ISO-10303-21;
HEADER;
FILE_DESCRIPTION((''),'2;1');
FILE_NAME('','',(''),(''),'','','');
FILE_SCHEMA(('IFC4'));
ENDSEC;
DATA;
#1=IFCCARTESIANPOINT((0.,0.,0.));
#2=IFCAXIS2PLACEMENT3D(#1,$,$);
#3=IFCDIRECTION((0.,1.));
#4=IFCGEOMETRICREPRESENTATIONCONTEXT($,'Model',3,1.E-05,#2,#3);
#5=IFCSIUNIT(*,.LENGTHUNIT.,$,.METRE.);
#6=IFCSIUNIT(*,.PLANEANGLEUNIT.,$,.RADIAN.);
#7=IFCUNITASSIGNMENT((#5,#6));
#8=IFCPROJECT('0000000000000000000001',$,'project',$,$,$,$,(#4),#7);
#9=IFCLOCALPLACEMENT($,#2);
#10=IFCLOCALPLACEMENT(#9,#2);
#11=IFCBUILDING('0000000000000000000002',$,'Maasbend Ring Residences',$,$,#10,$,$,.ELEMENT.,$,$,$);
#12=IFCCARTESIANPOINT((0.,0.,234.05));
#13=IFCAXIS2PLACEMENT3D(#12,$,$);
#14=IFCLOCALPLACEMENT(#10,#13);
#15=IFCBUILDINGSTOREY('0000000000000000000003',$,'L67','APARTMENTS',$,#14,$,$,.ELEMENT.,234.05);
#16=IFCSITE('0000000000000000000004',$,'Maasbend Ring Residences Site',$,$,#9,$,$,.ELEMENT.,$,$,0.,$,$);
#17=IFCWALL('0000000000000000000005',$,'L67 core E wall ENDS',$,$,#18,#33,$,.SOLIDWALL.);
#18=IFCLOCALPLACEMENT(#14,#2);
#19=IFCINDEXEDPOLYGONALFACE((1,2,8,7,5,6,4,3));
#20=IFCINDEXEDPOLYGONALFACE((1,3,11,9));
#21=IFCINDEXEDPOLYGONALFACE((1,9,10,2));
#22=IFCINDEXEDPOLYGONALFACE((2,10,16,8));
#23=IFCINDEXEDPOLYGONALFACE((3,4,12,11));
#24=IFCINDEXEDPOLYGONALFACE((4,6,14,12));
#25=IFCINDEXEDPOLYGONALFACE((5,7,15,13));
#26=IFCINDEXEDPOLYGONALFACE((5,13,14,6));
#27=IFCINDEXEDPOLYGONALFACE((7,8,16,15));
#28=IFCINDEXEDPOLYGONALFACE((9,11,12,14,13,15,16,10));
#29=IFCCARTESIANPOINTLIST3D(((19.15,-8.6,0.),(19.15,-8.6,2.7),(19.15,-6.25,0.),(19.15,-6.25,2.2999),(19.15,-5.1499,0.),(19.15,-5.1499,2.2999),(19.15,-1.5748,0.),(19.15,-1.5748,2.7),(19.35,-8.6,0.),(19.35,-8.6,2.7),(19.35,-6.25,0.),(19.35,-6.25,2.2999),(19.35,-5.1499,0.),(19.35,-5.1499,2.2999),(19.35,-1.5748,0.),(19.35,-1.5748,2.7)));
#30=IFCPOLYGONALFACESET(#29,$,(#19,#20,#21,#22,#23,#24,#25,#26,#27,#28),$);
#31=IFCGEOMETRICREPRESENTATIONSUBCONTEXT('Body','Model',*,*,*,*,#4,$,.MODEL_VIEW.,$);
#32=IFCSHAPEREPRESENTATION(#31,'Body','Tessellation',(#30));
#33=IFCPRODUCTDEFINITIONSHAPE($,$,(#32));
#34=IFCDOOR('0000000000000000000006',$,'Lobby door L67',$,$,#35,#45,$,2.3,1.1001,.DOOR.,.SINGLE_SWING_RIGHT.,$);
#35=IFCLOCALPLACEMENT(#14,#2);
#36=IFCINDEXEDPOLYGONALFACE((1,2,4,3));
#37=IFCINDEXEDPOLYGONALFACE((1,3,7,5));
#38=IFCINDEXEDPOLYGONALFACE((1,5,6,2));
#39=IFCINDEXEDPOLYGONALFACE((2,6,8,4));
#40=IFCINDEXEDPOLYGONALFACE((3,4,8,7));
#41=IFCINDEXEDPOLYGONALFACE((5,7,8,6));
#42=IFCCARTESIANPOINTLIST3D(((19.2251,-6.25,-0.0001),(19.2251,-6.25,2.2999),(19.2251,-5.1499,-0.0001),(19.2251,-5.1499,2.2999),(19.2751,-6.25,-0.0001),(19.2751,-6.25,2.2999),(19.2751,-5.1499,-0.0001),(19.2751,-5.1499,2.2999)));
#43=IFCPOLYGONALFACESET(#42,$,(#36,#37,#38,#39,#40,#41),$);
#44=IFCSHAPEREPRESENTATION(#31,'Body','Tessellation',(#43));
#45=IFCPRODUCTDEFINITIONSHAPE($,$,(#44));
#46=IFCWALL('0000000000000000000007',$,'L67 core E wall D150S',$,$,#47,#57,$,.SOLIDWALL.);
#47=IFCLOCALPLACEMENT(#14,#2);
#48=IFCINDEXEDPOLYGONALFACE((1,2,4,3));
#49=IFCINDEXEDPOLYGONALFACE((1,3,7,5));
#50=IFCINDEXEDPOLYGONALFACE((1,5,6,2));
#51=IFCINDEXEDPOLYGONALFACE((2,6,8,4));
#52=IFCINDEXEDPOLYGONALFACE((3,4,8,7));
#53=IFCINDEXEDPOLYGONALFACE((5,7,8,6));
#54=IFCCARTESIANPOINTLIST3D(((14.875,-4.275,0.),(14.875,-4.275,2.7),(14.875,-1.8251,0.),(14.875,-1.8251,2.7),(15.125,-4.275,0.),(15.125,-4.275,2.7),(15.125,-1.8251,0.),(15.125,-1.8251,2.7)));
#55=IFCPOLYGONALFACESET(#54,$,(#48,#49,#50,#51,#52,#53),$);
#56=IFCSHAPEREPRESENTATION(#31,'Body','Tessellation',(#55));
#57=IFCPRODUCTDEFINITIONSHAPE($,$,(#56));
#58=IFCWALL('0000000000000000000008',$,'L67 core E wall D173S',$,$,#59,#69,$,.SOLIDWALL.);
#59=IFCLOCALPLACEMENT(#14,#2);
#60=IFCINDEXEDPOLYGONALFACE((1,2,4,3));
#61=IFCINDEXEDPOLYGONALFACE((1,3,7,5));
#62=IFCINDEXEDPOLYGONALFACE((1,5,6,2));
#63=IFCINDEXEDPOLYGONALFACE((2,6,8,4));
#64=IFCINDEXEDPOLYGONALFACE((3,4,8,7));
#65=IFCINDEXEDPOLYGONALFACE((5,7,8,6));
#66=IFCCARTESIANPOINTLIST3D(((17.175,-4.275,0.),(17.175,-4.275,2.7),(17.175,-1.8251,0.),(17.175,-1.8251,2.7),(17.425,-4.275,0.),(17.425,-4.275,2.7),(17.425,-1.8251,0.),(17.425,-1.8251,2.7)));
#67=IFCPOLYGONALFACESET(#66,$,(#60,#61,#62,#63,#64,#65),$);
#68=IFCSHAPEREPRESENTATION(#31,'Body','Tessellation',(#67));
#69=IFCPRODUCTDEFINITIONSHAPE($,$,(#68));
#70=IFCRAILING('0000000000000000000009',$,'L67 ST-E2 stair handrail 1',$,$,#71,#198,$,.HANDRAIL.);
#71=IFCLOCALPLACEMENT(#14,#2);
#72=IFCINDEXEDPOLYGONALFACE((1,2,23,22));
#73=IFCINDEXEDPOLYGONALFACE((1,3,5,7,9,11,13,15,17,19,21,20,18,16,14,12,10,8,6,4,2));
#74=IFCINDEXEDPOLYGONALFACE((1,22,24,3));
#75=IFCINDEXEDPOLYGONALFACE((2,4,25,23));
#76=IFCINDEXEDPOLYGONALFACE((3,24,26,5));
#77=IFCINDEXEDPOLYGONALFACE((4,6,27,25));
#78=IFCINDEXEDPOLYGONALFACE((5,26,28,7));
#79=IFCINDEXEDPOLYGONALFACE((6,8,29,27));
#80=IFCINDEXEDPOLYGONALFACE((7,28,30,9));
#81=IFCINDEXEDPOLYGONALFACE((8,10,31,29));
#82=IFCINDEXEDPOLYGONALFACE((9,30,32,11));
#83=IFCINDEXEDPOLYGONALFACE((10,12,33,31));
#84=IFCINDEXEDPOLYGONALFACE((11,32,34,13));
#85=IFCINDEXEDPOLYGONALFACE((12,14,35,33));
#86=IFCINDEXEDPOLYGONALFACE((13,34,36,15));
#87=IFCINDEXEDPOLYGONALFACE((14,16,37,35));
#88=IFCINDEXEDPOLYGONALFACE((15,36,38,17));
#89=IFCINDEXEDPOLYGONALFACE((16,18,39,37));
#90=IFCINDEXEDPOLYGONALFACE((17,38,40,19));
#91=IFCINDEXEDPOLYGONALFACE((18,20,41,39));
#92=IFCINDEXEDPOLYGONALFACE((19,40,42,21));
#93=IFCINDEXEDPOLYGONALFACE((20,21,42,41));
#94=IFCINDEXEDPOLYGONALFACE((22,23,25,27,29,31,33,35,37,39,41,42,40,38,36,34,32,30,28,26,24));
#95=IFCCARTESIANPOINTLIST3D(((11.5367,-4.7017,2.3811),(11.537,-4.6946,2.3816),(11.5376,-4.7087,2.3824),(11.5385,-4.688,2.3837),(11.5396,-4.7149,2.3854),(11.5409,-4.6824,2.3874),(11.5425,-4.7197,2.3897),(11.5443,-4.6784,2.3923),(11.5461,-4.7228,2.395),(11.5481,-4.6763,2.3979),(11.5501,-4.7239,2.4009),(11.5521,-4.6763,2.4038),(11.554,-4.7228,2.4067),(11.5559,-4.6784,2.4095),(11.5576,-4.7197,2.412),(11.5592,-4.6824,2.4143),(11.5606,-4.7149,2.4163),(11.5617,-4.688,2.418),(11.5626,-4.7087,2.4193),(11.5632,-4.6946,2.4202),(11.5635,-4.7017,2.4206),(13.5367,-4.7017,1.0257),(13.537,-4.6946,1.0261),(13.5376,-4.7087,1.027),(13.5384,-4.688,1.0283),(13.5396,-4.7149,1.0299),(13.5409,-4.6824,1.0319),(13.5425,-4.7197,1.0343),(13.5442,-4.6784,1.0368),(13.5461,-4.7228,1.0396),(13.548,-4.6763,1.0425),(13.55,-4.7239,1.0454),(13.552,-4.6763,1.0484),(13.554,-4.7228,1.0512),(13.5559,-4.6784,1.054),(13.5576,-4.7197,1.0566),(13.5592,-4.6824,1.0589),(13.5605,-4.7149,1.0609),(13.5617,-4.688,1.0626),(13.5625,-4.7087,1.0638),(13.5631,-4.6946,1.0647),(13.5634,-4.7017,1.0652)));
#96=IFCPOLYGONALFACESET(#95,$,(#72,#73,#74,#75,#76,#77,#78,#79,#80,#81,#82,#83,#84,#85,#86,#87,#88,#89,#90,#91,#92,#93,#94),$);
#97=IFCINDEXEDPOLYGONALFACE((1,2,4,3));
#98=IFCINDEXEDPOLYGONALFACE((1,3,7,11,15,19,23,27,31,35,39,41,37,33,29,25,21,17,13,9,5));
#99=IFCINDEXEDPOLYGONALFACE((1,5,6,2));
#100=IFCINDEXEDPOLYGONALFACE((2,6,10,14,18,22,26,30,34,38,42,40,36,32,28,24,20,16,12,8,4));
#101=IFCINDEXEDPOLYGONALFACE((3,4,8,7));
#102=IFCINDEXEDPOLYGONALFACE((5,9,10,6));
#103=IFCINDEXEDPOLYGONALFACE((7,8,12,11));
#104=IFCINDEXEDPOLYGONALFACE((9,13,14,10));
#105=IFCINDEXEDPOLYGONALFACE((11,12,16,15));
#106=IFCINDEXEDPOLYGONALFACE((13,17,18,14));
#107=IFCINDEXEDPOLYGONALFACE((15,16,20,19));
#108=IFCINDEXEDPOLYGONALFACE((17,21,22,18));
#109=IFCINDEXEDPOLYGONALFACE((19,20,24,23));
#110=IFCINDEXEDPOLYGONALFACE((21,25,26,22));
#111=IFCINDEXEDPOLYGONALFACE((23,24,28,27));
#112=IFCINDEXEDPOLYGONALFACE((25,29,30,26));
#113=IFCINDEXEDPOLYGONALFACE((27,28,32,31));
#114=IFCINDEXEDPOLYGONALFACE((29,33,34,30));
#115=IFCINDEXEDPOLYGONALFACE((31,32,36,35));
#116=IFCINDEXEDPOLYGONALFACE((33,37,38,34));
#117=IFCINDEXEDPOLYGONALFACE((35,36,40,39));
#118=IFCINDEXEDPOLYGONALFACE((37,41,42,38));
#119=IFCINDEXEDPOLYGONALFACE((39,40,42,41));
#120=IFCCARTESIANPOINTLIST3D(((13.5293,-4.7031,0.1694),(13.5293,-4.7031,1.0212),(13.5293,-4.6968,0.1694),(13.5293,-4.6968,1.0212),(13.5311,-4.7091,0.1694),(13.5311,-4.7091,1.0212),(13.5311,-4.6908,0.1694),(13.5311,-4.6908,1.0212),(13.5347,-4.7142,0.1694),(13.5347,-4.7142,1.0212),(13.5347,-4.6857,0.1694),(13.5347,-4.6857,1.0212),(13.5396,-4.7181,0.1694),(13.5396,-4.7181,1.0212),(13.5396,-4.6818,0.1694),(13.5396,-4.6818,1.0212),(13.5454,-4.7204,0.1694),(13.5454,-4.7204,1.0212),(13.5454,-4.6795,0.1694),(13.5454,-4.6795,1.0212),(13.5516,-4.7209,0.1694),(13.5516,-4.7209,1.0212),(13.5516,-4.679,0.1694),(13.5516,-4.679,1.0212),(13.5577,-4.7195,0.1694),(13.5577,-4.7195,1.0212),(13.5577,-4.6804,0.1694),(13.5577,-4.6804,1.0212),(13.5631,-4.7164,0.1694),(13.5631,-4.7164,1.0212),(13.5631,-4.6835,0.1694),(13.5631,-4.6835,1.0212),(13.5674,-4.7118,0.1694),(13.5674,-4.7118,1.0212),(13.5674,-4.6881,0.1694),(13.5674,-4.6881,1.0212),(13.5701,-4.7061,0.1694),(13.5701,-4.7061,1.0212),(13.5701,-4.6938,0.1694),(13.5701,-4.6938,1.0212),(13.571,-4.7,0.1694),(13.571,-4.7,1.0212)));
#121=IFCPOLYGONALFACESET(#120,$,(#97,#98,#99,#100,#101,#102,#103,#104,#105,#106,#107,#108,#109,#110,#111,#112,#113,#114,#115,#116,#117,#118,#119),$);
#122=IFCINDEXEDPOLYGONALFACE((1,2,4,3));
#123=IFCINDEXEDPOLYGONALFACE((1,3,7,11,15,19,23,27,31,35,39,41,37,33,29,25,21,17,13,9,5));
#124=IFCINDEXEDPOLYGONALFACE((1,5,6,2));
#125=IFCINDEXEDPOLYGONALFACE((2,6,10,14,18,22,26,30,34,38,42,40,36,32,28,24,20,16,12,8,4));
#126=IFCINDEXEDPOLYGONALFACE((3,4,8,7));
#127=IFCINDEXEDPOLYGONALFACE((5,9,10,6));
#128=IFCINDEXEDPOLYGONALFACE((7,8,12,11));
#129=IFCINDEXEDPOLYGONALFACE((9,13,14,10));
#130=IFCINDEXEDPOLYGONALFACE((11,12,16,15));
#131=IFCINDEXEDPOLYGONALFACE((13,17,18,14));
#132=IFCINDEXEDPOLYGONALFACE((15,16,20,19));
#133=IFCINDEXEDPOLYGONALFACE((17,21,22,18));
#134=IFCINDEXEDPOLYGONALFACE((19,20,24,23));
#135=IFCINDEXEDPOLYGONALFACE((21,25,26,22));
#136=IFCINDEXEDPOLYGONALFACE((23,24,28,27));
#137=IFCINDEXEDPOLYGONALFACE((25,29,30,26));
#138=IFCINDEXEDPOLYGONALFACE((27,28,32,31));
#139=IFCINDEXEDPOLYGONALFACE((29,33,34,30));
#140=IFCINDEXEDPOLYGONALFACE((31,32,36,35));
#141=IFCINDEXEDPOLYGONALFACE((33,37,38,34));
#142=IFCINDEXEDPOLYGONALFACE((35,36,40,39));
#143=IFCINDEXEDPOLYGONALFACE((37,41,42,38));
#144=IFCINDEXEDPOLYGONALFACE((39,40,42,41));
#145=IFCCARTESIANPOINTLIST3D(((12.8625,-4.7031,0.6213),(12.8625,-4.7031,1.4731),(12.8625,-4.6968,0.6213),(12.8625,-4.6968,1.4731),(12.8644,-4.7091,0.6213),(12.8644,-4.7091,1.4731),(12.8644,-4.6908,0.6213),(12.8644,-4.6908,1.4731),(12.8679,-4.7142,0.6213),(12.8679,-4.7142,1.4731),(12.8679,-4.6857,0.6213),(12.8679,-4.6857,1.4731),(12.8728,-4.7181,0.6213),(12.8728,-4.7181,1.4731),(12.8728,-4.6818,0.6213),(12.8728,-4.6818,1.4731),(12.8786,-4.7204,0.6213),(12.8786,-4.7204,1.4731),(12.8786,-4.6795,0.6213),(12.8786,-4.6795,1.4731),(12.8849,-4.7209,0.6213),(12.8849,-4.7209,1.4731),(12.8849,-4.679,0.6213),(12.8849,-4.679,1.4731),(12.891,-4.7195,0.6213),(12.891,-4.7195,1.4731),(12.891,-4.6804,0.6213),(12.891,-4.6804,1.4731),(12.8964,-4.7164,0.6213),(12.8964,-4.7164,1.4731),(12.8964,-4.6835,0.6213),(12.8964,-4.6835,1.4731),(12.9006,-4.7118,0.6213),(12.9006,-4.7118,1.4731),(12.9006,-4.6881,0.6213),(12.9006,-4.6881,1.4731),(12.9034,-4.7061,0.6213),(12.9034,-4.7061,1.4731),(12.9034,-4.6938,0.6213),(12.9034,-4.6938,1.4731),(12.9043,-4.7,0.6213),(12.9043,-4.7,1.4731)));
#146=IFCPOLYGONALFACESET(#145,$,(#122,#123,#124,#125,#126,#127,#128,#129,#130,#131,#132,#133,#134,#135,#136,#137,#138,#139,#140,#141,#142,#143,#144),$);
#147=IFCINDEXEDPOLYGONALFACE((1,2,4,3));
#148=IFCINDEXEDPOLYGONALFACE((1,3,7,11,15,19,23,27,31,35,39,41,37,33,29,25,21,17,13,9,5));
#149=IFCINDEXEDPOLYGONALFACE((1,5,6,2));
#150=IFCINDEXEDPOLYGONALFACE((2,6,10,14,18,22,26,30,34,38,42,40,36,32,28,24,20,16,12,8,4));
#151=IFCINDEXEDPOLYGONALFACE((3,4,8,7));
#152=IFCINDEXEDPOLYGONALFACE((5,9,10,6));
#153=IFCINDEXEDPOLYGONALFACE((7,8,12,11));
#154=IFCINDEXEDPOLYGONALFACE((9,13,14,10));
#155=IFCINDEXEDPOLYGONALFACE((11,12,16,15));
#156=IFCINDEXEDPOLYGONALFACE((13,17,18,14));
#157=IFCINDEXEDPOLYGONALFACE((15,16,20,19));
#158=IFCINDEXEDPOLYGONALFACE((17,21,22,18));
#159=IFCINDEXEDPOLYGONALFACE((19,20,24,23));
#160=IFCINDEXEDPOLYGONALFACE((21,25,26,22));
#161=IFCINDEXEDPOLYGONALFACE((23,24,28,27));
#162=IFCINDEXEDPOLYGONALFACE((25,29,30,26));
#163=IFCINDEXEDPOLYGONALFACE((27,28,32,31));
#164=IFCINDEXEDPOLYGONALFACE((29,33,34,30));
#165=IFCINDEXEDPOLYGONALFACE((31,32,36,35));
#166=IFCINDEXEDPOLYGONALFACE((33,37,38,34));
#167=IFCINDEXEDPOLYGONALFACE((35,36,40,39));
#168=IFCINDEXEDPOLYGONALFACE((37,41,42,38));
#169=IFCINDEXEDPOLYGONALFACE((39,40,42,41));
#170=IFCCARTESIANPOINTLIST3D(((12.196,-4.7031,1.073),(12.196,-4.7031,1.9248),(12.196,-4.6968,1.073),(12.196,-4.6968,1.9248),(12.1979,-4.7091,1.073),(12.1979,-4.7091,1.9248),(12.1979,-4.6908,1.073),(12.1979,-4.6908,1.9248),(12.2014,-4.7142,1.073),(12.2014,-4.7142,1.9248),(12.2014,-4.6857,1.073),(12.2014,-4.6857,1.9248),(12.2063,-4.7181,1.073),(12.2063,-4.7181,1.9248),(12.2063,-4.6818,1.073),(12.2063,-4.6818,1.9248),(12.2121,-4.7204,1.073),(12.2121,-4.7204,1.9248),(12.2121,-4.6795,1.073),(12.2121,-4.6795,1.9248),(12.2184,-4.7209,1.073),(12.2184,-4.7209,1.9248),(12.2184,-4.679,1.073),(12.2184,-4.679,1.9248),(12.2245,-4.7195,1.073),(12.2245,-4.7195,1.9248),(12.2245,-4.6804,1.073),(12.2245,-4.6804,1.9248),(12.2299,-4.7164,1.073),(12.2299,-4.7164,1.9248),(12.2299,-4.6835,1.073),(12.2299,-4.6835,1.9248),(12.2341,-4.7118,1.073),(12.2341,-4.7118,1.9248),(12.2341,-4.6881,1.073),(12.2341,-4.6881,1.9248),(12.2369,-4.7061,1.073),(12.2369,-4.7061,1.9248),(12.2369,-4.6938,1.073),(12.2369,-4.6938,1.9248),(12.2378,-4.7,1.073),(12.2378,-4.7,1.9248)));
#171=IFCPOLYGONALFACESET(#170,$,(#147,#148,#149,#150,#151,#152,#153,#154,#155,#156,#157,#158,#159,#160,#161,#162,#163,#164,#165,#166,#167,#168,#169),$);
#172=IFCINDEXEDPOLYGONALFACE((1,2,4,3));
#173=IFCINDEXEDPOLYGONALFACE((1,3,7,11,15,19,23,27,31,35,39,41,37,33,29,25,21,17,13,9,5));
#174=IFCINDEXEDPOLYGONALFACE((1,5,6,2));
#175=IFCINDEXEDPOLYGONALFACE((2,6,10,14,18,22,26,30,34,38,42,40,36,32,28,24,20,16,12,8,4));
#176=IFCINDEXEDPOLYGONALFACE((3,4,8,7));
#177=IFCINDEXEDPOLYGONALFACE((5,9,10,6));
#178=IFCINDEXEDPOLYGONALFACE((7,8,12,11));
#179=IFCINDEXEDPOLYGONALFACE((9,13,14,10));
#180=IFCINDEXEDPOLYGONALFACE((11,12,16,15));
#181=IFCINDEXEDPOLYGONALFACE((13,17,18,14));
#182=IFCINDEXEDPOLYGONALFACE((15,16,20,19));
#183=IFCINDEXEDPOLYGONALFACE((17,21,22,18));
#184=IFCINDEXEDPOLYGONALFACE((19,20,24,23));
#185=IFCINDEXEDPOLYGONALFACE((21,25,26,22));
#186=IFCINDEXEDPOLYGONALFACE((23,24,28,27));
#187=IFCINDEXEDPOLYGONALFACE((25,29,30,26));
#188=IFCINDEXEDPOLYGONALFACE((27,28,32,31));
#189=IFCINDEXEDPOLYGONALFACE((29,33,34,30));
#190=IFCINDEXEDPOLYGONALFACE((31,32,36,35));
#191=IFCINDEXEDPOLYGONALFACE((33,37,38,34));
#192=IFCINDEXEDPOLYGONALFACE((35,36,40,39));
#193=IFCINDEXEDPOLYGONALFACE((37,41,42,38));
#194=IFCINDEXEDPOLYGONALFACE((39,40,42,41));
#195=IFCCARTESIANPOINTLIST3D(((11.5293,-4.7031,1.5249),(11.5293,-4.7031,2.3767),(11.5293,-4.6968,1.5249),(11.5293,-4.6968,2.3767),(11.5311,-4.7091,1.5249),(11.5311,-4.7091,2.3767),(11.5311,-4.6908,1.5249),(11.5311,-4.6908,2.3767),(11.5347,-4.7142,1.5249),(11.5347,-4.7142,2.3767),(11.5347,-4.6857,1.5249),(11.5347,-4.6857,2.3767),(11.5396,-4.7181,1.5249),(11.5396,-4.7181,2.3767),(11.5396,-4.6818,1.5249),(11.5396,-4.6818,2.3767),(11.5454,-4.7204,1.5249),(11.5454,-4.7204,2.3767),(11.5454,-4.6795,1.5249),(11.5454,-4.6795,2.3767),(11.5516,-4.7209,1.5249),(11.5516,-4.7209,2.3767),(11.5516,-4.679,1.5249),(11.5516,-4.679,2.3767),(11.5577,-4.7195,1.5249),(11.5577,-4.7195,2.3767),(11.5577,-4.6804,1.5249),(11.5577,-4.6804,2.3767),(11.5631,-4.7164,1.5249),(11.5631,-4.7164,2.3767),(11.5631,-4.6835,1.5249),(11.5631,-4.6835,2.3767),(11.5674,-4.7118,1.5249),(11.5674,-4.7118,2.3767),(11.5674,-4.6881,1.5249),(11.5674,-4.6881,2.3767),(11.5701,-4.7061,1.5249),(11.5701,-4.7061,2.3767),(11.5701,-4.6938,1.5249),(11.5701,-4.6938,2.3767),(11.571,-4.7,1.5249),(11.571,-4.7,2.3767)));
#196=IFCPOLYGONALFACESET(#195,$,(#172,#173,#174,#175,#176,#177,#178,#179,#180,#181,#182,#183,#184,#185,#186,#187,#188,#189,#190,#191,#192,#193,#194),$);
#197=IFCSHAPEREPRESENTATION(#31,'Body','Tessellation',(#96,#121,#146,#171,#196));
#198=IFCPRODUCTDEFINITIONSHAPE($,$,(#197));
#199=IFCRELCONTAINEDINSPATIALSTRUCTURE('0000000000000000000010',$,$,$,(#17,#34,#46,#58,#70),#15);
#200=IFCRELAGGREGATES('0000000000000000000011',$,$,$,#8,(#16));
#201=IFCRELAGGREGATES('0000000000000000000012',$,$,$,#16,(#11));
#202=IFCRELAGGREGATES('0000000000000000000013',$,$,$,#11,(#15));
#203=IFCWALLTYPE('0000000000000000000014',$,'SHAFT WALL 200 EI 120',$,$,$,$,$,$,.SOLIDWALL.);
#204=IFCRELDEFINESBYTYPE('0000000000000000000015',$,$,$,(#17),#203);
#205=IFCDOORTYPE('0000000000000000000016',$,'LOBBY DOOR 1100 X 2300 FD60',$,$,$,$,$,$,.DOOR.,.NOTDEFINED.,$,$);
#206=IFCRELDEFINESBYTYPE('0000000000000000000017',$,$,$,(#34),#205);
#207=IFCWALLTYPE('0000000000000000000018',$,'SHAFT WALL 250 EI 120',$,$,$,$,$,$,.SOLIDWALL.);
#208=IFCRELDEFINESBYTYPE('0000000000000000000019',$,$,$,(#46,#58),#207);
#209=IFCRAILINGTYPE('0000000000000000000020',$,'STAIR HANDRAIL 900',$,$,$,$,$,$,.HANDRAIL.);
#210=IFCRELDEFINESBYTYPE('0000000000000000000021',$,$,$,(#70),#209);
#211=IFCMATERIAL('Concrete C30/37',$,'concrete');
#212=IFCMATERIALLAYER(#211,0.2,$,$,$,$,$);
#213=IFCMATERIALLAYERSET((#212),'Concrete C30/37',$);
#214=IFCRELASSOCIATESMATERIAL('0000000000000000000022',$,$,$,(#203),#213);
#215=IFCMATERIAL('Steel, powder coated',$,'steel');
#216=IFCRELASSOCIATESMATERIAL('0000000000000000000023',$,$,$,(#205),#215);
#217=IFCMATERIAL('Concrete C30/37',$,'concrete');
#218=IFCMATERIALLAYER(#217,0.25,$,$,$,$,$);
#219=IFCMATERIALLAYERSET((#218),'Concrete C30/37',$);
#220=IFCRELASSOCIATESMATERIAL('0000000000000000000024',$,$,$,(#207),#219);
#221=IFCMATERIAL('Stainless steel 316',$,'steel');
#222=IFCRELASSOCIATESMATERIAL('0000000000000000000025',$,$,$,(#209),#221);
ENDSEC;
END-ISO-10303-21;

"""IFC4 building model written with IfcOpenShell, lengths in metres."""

from ifc_helpers import new_model, si_unit, direction, frame, frame_2d, origin, origin_2d, place, context, subcontext, project, spatial, rectangle, circle, extrude, material, layer, layer_set, type_object, element, fill, save


model = new_model("IFC4")

# Units and contexts
model_context = context("Model", 3, precision=1e-05, world=origin(), true_north=direction((0.0, 1.0)))
body_context = subcontext(model_context, "Body", "Model", "MODEL_VIEW")
ifc_project = project(units=[si_unit("LENGTHUNIT", "METRE"), si_unit("PLANEANGLEUNIT", "RADIAN")], contexts=[model_context])

# Site, building, storey
site_placement = place(None, origin())
site = spatial("IfcSite", under=ifc_project, at=site_placement, Name="Maasbend Ring Residences Site", CompositionType="ELEMENT", RefElevation=0.0)
building_placement = place(site_placement, origin())
building = spatial("IfcBuilding", under=site, at=building_placement, Name="Maasbend Ring Residences", CompositionType="ELEMENT")
storey_placement = place(building_placement, frame((0.0, 0.0, 234.05)))
storey = spatial("IfcBuildingStorey", under=building, at=storey_placement, Name="L67", Description="APARTMENTS", CompositionType="ELEMENT", Elevation=234.05)

# Wall, opening, door
ifc_material_1 = material(Name="Concrete C30/37", Category="concrete")
ifc_layer_1 = layer(ifc_material_1, 0.2)
ifc_layer_set_1 = layer_set([ifc_layer_1], Name="Concrete C30/37")
wall_type_1 = type_object("IfcWallType", Name="SHAFT WALL 200 EI 120", PredefinedType="SOLIDWALL", material=ifc_layer_set_1)
wall_1_placement = place(storey_placement, frame((19.25, -8.6001, 0.0), z_axis=(0.0, 0.0, 1.0), x_axis=(0.0, 1.0, 0.0)))
wall_1 = element("IfcWall", 1, at=wall_1_placement, inside=storey, type_object=wall_type_1, Name="L67 core E wall ENDS", PredefinedType="SOLIDWALL", context=body_context, shape_type="SweptSolid", body=[
    extrude(rectangle(XDim=7.0251, YDim=0.2, at=frame_2d((3.5127, 0.0))), origin(), (0.0, 0.0, 1.0), 2.7),
])
opening_1_placement = place(wall_1_placement, frame((2.3501, 0.0, 0.0)))
opening_1 = element("IfcOpeningElement", 2, at=opening_1_placement, cuts=wall_1, PredefinedType="OPENING", context=body_context, shape_type="SweptSolid", body=[
    extrude(rectangle(XDim=1.1001, YDim=2.3, at=frame_2d((0.55, 1.1499))), frame((0.0, 0.1099, 0.0), z_axis=(0.0, -1.0, 0.0), x_axis=(1.0, 0.0, 0.0)), (0.0, 0.0, 1.0), 0.22),
])
ifc_material_2 = material(Name="Steel, powder coated", Category="steel")
door_type_1 = type_object("IfcDoorType", Name="LOBBY DOOR 1100 X 2300 FD60", OperationType="NOTDEFINED", PredefinedType="DOOR", material=ifc_material_2)
door_1_placement = place(opening_1_placement, origin())
door_1 = element("IfcDoor", 3, at=door_1_placement, inside=storey, type_object=door_type_1, Name="Lobby door L67", OperationType="SINGLE_SWING_RIGHT", OverallHeight=2.3, OverallWidth=1.1001, PredefinedType="DOOR", context=body_context, shape_type="SweptSolid", body=[
    extrude(rectangle(XDim=1.1001, YDim=2.3, at=frame_2d((0.55, 1.1499))), frame((0.0, 0.0249, 0.0), z_axis=(0.0, -1.0, 0.0), x_axis=(1.0, 0.0, 0.0)), (0.0, 0.0, 1.0), 0.05),
])
fill(opening_1, door_1)

# Walls
ifc_material_3 = material(Name="Concrete C30/37", Category="concrete")
ifc_layer_2 = layer(ifc_material_3, 0.25)
ifc_layer_set_2 = layer_set([ifc_layer_2], Name="Concrete C30/37")
wall_type_2 = type_object("IfcWallType", Name="SHAFT WALL 250 EI 120", PredefinedType="SOLIDWALL", material=ifc_layer_set_2)
for number, where, z_axis, x_axis, name in (
    (4, (15.0, -1.825, 0.0), (0.0, 0.0, 1.0), (0.0, -1.0, 0.0), "L67 core E wall D150S"),
    (5, (17.3, -1.825, 0.0), (0.0, 0.0, 1.0), (0.0, -1.0, 0.0), "L67 core E wall D173S"),
):
    element("IfcWall", number, at=place(storey_placement, frame(where, z_axis=z_axis, x_axis=x_axis)), inside=storey, type_object=wall_type_2, Name=name, PredefinedType="SOLIDWALL", context=body_context, shape_type="SweptSolid", body=[
        extrude(rectangle(XDim=2.45, YDim=0.25, at=frame_2d((1.2251, 0.0))), origin(), (0.0, 0.0, 1.0), 2.7),
    ])

# Railing
ifc_material_4 = material(Name="Stainless steel 316", Category="steel")
railing_type_1 = type_object("IfcRailingType", Name="STAIR HANDRAIL 900", PredefinedType="HANDRAIL", material=ifc_material_4)
railing_1_placement = place(storey_placement, frame((13.55, -4.7, 0.1694)))
element("IfcRailing", 6, at=railing_1_placement, inside=storey, type_object=railing_type_1, Name="L67 ST-E2 stair handrail 1", PredefinedType="HANDRAIL", context=body_context, shape_type="SweptSolid", body=[
    extrude(circle(Radius=0.0239, at=origin_2d()), frame((0.0, 0.0, 0.876), z_axis=(-0.827798, 0.0, 0.561027), x_axis=(0.0, -1.0, 0.0)), (0.0, 0.0, 1.0), 2.416),
    extrude(circle(Radius=0.021, at=origin_2d()), origin(), (0.0, 0.0, 1.0), 0.8518),
    extrude(circle(Radius=0.021, at=origin_2d()), frame((-0.6667, 0.0, 0.4519)), (0.0, 0.0, 1.0), 0.8518),
    extrude(circle(Radius=0.021, at=origin_2d()), frame((-1.3333, 0.0, 0.9036)), (0.0, 0.0, 1.0), 0.8518),
    extrude(circle(Radius=0.021, at=origin_2d()), frame((-2.0, 0.0, 1.3555)), (0.0, 0.0, 1.0), 0.8518),
])

save(model, "model.ifc")
